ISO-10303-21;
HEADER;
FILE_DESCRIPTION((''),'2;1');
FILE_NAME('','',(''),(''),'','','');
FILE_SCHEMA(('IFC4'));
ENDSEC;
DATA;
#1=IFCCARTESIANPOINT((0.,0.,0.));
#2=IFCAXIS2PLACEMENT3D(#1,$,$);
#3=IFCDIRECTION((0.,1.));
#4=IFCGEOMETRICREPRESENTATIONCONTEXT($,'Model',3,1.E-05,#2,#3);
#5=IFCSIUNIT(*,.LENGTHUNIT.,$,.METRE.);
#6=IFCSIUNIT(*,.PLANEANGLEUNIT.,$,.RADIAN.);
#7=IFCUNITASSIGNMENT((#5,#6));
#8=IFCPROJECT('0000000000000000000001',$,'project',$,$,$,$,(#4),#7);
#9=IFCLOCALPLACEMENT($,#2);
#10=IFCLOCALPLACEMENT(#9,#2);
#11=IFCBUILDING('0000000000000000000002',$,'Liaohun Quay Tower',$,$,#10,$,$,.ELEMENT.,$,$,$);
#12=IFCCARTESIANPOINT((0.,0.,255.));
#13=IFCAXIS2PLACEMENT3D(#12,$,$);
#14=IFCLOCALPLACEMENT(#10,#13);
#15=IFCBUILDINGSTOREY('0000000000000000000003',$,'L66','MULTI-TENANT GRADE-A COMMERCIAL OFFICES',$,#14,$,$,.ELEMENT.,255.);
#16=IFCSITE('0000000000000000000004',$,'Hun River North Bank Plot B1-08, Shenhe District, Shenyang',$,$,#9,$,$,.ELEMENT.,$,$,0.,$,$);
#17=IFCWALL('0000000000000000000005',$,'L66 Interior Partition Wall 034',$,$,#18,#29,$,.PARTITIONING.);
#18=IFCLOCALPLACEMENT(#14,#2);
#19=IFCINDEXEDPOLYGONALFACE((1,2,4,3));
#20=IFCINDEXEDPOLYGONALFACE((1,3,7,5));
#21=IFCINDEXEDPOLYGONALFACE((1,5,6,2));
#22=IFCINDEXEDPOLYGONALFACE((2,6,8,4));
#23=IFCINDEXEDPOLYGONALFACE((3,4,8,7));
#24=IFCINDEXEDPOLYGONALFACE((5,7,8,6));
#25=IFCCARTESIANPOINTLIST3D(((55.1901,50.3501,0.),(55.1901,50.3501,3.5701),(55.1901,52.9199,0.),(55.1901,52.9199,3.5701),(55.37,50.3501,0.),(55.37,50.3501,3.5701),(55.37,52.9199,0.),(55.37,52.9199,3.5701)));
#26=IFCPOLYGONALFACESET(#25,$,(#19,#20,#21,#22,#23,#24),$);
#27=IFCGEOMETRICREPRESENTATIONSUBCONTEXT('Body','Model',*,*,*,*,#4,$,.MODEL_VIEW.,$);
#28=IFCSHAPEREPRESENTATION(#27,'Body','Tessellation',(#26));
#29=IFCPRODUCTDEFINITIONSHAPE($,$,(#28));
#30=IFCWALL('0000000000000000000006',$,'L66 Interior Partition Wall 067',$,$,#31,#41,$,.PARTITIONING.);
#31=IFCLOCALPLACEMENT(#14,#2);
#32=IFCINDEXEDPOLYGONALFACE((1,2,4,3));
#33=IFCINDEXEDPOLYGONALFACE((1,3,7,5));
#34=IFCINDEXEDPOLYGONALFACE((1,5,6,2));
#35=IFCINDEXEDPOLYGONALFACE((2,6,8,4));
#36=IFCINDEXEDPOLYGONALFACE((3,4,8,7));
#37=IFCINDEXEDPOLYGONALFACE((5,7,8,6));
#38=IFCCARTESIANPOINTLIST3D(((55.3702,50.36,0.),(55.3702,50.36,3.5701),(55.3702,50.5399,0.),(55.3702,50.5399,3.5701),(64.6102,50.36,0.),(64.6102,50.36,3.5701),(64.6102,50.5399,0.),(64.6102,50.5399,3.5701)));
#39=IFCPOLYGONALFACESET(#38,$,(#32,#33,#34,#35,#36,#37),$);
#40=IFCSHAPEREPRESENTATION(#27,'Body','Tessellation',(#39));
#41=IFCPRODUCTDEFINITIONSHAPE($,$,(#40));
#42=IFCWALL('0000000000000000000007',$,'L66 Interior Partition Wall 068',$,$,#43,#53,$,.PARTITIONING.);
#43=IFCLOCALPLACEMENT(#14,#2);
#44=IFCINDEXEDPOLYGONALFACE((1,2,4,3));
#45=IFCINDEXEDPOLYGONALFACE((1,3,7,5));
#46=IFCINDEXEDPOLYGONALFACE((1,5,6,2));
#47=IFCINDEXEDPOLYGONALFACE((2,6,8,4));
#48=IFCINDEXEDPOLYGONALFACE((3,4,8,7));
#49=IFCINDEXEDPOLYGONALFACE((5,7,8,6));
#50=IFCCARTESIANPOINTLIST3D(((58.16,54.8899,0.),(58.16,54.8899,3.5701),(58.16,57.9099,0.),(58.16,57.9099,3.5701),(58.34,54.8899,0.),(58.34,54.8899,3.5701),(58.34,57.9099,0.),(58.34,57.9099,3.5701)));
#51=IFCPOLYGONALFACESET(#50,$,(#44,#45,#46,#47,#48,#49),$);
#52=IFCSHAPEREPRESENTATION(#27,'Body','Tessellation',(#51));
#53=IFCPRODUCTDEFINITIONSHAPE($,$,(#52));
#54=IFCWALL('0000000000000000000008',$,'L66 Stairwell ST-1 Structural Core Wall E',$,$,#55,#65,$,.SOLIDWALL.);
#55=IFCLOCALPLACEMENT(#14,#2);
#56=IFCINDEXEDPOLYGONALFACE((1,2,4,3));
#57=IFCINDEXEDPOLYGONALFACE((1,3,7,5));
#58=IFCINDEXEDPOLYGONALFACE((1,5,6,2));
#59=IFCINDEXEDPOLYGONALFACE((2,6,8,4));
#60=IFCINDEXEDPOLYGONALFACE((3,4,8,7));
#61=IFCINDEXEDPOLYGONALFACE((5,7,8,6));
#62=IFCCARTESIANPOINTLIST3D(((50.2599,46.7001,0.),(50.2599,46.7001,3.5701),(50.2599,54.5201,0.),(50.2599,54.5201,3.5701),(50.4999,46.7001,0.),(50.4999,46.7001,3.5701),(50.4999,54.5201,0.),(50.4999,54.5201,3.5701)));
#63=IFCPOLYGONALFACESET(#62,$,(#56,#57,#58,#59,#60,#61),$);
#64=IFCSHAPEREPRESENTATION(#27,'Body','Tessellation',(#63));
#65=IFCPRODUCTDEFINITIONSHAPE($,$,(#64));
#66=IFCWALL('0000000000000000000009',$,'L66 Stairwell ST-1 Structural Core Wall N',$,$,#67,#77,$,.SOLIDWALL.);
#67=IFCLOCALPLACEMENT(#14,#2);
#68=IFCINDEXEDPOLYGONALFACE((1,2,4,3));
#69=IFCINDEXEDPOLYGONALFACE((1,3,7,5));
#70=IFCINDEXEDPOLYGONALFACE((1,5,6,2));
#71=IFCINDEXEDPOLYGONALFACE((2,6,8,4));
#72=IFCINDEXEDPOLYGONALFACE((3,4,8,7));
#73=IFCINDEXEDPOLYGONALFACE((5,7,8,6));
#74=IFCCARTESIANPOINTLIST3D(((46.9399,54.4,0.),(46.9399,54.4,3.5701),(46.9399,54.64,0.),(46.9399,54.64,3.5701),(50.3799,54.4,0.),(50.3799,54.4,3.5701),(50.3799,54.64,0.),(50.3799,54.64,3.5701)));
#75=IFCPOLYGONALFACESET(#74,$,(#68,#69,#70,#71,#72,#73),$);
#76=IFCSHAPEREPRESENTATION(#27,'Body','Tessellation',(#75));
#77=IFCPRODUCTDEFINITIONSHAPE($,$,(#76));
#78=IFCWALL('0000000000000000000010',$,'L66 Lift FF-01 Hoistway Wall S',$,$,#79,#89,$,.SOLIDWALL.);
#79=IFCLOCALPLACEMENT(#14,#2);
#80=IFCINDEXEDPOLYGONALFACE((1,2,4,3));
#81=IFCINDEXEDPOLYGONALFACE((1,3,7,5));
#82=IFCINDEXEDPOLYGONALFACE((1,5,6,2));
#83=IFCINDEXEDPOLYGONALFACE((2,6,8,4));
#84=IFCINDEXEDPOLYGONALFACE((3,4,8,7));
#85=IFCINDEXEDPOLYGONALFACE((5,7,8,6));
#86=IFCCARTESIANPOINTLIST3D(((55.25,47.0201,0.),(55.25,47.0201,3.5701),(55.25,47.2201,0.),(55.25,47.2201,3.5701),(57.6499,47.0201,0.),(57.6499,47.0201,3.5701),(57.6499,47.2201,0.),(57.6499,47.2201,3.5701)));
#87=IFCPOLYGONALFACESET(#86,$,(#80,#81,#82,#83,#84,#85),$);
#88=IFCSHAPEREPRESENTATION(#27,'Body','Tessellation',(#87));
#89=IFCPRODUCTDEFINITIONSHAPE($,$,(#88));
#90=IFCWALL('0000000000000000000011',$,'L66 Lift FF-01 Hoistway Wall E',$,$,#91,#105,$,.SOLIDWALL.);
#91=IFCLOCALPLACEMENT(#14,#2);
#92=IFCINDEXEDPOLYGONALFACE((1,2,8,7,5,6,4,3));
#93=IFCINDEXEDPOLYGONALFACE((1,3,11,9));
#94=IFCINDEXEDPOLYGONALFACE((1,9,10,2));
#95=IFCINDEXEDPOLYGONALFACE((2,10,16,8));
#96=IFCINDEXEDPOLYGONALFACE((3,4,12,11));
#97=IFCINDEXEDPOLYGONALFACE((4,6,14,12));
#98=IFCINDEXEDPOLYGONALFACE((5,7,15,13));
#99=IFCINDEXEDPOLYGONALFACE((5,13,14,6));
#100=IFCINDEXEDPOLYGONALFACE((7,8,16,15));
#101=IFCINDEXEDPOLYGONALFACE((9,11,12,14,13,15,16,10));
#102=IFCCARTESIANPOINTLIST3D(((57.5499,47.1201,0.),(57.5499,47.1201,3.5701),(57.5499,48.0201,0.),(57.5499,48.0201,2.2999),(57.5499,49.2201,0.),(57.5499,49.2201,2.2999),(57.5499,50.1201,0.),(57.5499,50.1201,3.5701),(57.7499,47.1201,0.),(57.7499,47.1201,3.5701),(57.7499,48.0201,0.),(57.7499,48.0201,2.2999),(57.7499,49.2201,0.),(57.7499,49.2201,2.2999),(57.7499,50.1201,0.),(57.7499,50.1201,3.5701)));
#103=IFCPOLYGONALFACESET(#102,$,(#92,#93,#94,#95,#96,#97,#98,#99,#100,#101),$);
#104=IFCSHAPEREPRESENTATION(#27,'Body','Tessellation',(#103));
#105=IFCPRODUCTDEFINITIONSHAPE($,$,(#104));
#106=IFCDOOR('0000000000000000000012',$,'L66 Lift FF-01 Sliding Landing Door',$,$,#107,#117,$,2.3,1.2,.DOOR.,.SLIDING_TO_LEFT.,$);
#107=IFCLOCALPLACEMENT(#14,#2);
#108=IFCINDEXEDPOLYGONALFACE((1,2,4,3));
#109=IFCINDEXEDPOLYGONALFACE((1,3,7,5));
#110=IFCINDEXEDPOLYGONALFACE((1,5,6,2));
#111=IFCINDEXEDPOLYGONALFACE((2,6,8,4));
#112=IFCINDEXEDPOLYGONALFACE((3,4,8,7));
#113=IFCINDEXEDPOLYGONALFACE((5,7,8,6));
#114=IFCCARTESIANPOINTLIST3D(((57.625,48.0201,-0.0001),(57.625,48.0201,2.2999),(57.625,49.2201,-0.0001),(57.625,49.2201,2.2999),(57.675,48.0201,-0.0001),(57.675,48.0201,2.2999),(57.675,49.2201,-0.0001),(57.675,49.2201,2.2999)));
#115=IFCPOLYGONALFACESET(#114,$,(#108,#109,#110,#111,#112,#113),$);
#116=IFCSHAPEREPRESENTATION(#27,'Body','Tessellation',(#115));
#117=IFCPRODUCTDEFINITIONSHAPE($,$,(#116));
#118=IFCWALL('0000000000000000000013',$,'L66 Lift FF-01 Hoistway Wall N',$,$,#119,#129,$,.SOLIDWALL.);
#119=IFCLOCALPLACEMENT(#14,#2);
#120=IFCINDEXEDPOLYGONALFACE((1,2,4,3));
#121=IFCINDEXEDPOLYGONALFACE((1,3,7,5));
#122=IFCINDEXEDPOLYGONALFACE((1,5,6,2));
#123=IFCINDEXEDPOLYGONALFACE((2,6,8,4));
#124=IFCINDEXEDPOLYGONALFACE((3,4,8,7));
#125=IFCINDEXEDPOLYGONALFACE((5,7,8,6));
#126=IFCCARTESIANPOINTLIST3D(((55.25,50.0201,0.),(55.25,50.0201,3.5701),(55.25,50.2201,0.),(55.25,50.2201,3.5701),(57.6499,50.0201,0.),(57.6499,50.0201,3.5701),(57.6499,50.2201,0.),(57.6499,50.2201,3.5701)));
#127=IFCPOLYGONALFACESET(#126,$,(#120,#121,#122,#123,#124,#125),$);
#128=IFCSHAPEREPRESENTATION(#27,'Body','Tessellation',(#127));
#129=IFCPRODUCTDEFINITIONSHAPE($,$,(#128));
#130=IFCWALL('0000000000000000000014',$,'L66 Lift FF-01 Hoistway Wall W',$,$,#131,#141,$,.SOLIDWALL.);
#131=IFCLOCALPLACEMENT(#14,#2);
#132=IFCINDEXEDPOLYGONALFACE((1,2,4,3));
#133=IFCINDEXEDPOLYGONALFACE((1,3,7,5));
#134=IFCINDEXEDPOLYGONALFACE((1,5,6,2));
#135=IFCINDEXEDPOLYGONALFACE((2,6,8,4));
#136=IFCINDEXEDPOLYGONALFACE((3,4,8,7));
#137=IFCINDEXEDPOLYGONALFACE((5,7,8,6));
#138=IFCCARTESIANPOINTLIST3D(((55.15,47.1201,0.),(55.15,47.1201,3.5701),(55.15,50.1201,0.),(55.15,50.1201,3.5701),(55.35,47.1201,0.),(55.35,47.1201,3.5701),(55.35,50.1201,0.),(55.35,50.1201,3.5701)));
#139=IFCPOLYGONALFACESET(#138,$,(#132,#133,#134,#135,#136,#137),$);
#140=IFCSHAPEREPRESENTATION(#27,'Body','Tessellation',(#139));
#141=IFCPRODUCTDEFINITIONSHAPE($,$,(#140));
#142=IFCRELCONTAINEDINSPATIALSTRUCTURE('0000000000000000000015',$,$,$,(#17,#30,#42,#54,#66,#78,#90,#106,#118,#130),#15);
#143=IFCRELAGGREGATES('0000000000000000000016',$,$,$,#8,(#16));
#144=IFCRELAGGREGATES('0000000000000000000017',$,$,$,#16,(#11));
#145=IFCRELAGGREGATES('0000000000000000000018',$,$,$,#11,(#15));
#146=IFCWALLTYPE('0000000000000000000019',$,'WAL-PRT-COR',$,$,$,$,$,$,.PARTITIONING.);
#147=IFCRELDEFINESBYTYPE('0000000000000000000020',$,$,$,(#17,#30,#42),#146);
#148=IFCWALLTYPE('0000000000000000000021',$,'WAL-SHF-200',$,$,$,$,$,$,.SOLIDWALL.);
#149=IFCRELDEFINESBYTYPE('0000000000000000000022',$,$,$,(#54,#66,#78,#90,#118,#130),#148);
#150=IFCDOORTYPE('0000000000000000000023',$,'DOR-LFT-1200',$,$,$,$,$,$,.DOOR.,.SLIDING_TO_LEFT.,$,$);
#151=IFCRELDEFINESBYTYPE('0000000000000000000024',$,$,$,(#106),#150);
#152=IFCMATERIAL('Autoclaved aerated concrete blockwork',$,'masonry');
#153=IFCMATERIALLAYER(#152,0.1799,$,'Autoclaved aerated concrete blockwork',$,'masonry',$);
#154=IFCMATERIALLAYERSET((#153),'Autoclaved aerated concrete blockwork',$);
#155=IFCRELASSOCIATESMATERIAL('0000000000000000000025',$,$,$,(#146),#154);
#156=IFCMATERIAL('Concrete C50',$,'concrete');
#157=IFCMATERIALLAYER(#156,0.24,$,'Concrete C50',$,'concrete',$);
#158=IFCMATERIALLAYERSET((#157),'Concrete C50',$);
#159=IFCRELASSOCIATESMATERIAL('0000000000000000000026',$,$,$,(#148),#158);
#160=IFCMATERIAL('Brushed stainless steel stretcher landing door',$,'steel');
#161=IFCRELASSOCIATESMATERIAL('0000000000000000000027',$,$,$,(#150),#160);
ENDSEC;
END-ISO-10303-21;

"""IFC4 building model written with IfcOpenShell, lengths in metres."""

from ifc_helpers import new_model, si_unit, direction, frame, frame_2d, origin, place, context, subcontext, project, spatial, rectangle, extrude, source, transform, mapped, material, layer, layer_set, type_object, element, fill, save


model = new_model("IFC4")

# Units and contexts
model_context = context("Model", 3, precision=1e-05, world=origin(), true_north=direction((0.0, 1.0)))
body_context = subcontext(model_context, "Body", "Model", "MODEL_VIEW")
ifc_project = project(units=[si_unit("LENGTHUNIT", "METRE"), si_unit("PLANEANGLEUNIT", "RADIAN")], contexts=[model_context])

# Site, building, storey
site_placement = place(None, origin())
site = spatial("IfcSite", under=ifc_project, at=site_placement, Name="Hun River North Bank Plot B1-08, Shenhe District, Shenyang", CompositionType="ELEMENT", RefElevation=0.0)
building_placement = place(site_placement, origin())
building = spatial("IfcBuilding", under=site, at=building_placement, Name="Liaohun Quay Tower", CompositionType="ELEMENT")
storey_placement = place(building_placement, frame((0.0, 0.0, 255.0)))
storey = spatial("IfcBuildingStorey", under=building, at=storey_placement, Name="L66", Description="MULTI-TENANT GRADE-A COMMERCIAL OFFICES", CompositionType="ELEMENT", Elevation=255.0)

# Shared definitions
ifc_material_1 = material(Name="Autoclaved aerated concrete blockwork", Category="masonry")
ifc_layer_1 = layer(ifc_material_1, 0.1799, Name="Autoclaved aerated concrete blockwork", Category="masonry")
ifc_layer_set_1 = layer_set([ifc_layer_1], Name="Autoclaved aerated concrete blockwork")
wall_type_1 = type_object("IfcWallType", Name="WAL-PRT-COR", PredefinedType="PARTITIONING", material=ifc_layer_set_1)

# Walls
wall_1_placement = place(storey_placement, frame((55.28, 50.3501, 0.0), z_axis=(0.0, 0.0, 1.0), x_axis=(0.0, 1.0, 0.0)))
element("IfcWall", 1, at=wall_1_placement, inside=storey, type_object=wall_type_1, Name="L66 Interior Partition Wall 034", PredefinedType="PARTITIONING", context=body_context, shape_type="SweptSolid", body=[
    extrude(rectangle(XDim=2.5698, YDim=0.1799, at=frame_2d((1.2849, 0.0))), origin(), (0.0, 0.0, 1.0), 3.5701),
])
wall_2_placement = place(storey_placement, frame((55.3701, 50.45, 0.0), z_axis=(0.0, 0.0, 1.0), x_axis=(1.0, 0.0, 0.0)))
element("IfcWall", 2, at=wall_2_placement, inside=storey, type_object=wall_type_1, Name="L66 Interior Partition Wall 067", PredefinedType="PARTITIONING", context=body_context, shape_type="SweptSolid", body=[
    extrude(rectangle(XDim=9.24, YDim=0.1799, at=frame_2d((4.6201, 0.0))), origin(), (0.0, 0.0, 1.0), 3.5701),
])
wall_3_placement = place(storey_placement, frame((58.25, 54.8899, 0.0), z_axis=(0.0, 0.0, 1.0), x_axis=(0.0, 1.0, 0.0)))
element("IfcWall", 3, at=wall_3_placement, inside=storey, type_object=wall_type_1, Name="L66 Interior Partition Wall 068", PredefinedType="PARTITIONING", context=body_context, shape_type="SweptSolid", body=[
    extrude(rectangle(XDim=3.02, YDim=0.1799, at=frame_2d((1.51, 0.0))), origin(), (0.0, 0.0, 1.0), 3.5701),
])
ifc_material_2 = material(Name="Concrete C50", Category="concrete")
ifc_layer_2 = layer(ifc_material_2, 0.24, Name="Concrete C50", Category="concrete")
ifc_layer_set_2 = layer_set([ifc_layer_2], Name="Concrete C50")
wall_type_2 = type_object("IfcWallType", Name="WAL-SHF-200", PredefinedType="SOLIDWALL", material=ifc_layer_set_2)
wall_4_placement = place(storey_placement, frame((50.3799, 46.7, 0.0), z_axis=(0.0, 0.0, 1.0), x_axis=(0.0, 1.0, 0.0)))
element("IfcWall", 4, at=wall_4_placement, inside=storey, type_object=wall_type_2, Name="L66 Stairwell ST-1 Structural Core Wall E", PredefinedType="SOLIDWALL", context=body_context, shape_type="SweptSolid", body=[
    extrude(rectangle(XDim=7.8201, YDim=0.24, at=frame_2d((3.9102, 0.0))), origin(), (0.0, 0.0, 1.0), 3.5701),
])
wall_5_placement = place(storey_placement, frame((50.3799, 54.52, 0.0), z_axis=(0.0, 0.0, 1.0), x_axis=(-1.0, 0.0, 0.0)))
element("IfcWall", 5, at=wall_5_placement, inside=storey, type_object=wall_type_2, Name="L66 Stairwell ST-1 Structural Core Wall N", PredefinedType="SOLIDWALL", context=body_context, shape_type="SweptSolid", body=[
    extrude(rectangle(XDim=3.4399, YDim=0.24, at=frame_2d((1.72, 0.0))), origin(), (0.0, 0.0, 1.0), 3.5701),
])
wall_6_placement = place(storey_placement, frame((55.25, 47.1201, 0.0), z_axis=(0.0, 0.0, 1.0), x_axis=(1.0, 0.0, 0.0)))
element("IfcWall", 6, at=wall_6_placement, inside=storey, type_object=wall_type_2, Name="L66 Lift FF-01 Hoistway Wall S", PredefinedType="SOLIDWALL", context=body_context, shape_type="SweptSolid", body=[
    extrude(rectangle(XDim=2.3999, YDim=0.2, at=frame_2d((1.2, 0.0))), origin(), (0.0, 0.0, 1.0), 3.5701),
])

# Wall, opening, door
wall_7_placement = place(storey_placement, frame((57.6499, 47.1201, 0.0), z_axis=(0.0, 0.0, 1.0), x_axis=(0.0, 1.0, 0.0)))
wall_7 = element("IfcWall", 7, at=wall_7_placement, inside=storey, type_object=wall_type_2, Name="L66 Lift FF-01 Hoistway Wall E", PredefinedType="SOLIDWALL", context=body_context, shape_type="SweptSolid", body=[
    extrude(rectangle(XDim=3.0, YDim=0.2, at=frame_2d((1.5, 0.0))), origin(), (0.0, 0.0, 1.0), 3.5701),
])
shared_shape_1 = source(origin(), body_context, "Body", "SweptSolid", [
    extrude(rectangle(XDim=1.2, YDim=2.3, at=frame_2d((0.6001, 1.1499))), frame((0.0, 0.1099, 0.0), z_axis=(0.0, -1.0, 0.0), x_axis=(1.0, 0.0, 0.0)), (0.0, 0.0, 1.0), 0.22),
])
opening_1_placement = place(wall_7_placement, frame((0.8999, 0.0, 0.0)))
opening_1 = element("IfcOpeningElement", 8, at=opening_1_placement, cuts=wall_7, PredefinedType="OPENING", context=body_context, shape_type="MappedRepresentation", body=[
    mapped(shared_shape_1, transform((0.0, 0.0, 0.0), x_axis=(1.0, 0.0, 0.0), y_axis=(0.0, 1.0, 0.0), z_axis=(0.0, 0.0, 1.0), scale=1.0)),
])
ifc_material_3 = material(Name="Brushed stainless steel stretcher landing door", Category="steel")
door_type_1 = type_object("IfcDoorType", Name="DOR-LFT-1200", OperationType="SLIDING_TO_LEFT", PredefinedType="DOOR", material=ifc_material_3)
shared_shape_2 = source(origin(), body_context, "Body", "SweptSolid", [
    extrude(rectangle(XDim=1.2, YDim=2.3, at=frame_2d((0.6001, 1.1499))), frame((0.0, 0.0249, 0.0), z_axis=(0.0, -1.0, 0.0), x_axis=(1.0, 0.0, 0.0)), (0.0, 0.0, 1.0), 0.05),
])
door_1_placement = place(opening_1_placement, origin())
door_1 = element("IfcDoor", 9, at=door_1_placement, inside=storey, type_object=door_type_1, Name="L66 Lift FF-01 Sliding Landing Door", OperationType="SLIDING_TO_LEFT", OverallHeight=2.3, OverallWidth=1.2, PredefinedType="DOOR", context=body_context, shape_type="MappedRepresentation", body=[
    mapped(shared_shape_2, transform((0.0, 0.0, 0.0), x_axis=(1.0, 0.0, 0.0), y_axis=(0.0, 1.0, 0.0), z_axis=(0.0, 0.0, 1.0), scale=1.0)),
])
fill(opening_1, door_1)

# Walls
wall_8_placement = place(storey_placement, frame((57.6499, 50.1201, 0.0), z_axis=(0.0, 0.0, 1.0), x_axis=(-1.0, 0.0, 0.0)))
element("IfcWall", 10, at=wall_8_placement, inside=storey, type_object=wall_type_2, Name="L66 Lift FF-01 Hoistway Wall N", PredefinedType="SOLIDWALL", context=body_context, shape_type="SweptSolid", body=[
    extrude(rectangle(XDim=2.3999, YDim=0.2, at=frame_2d((1.2, 0.0))), origin(), (0.0, 0.0, 1.0), 3.5701),
])
wall_9_placement = place(storey_placement, frame((55.25, 50.1201, 0.0), z_axis=(0.0, 0.0, 1.0), x_axis=(0.0, -1.0, 0.0)))
element("IfcWall", 11, at=wall_9_placement, inside=storey, type_object=wall_type_2, Name="L66 Lift FF-01 Hoistway Wall W", PredefinedType="SOLIDWALL", context=body_context, shape_type="SweptSolid", body=[
    extrude(rectangle(XDim=3.0, YDim=0.2, at=frame_2d((1.5, 0.0))), origin(), (0.0, 0.0, 1.0), 3.5701),
])

save(model, "model.ifc")
